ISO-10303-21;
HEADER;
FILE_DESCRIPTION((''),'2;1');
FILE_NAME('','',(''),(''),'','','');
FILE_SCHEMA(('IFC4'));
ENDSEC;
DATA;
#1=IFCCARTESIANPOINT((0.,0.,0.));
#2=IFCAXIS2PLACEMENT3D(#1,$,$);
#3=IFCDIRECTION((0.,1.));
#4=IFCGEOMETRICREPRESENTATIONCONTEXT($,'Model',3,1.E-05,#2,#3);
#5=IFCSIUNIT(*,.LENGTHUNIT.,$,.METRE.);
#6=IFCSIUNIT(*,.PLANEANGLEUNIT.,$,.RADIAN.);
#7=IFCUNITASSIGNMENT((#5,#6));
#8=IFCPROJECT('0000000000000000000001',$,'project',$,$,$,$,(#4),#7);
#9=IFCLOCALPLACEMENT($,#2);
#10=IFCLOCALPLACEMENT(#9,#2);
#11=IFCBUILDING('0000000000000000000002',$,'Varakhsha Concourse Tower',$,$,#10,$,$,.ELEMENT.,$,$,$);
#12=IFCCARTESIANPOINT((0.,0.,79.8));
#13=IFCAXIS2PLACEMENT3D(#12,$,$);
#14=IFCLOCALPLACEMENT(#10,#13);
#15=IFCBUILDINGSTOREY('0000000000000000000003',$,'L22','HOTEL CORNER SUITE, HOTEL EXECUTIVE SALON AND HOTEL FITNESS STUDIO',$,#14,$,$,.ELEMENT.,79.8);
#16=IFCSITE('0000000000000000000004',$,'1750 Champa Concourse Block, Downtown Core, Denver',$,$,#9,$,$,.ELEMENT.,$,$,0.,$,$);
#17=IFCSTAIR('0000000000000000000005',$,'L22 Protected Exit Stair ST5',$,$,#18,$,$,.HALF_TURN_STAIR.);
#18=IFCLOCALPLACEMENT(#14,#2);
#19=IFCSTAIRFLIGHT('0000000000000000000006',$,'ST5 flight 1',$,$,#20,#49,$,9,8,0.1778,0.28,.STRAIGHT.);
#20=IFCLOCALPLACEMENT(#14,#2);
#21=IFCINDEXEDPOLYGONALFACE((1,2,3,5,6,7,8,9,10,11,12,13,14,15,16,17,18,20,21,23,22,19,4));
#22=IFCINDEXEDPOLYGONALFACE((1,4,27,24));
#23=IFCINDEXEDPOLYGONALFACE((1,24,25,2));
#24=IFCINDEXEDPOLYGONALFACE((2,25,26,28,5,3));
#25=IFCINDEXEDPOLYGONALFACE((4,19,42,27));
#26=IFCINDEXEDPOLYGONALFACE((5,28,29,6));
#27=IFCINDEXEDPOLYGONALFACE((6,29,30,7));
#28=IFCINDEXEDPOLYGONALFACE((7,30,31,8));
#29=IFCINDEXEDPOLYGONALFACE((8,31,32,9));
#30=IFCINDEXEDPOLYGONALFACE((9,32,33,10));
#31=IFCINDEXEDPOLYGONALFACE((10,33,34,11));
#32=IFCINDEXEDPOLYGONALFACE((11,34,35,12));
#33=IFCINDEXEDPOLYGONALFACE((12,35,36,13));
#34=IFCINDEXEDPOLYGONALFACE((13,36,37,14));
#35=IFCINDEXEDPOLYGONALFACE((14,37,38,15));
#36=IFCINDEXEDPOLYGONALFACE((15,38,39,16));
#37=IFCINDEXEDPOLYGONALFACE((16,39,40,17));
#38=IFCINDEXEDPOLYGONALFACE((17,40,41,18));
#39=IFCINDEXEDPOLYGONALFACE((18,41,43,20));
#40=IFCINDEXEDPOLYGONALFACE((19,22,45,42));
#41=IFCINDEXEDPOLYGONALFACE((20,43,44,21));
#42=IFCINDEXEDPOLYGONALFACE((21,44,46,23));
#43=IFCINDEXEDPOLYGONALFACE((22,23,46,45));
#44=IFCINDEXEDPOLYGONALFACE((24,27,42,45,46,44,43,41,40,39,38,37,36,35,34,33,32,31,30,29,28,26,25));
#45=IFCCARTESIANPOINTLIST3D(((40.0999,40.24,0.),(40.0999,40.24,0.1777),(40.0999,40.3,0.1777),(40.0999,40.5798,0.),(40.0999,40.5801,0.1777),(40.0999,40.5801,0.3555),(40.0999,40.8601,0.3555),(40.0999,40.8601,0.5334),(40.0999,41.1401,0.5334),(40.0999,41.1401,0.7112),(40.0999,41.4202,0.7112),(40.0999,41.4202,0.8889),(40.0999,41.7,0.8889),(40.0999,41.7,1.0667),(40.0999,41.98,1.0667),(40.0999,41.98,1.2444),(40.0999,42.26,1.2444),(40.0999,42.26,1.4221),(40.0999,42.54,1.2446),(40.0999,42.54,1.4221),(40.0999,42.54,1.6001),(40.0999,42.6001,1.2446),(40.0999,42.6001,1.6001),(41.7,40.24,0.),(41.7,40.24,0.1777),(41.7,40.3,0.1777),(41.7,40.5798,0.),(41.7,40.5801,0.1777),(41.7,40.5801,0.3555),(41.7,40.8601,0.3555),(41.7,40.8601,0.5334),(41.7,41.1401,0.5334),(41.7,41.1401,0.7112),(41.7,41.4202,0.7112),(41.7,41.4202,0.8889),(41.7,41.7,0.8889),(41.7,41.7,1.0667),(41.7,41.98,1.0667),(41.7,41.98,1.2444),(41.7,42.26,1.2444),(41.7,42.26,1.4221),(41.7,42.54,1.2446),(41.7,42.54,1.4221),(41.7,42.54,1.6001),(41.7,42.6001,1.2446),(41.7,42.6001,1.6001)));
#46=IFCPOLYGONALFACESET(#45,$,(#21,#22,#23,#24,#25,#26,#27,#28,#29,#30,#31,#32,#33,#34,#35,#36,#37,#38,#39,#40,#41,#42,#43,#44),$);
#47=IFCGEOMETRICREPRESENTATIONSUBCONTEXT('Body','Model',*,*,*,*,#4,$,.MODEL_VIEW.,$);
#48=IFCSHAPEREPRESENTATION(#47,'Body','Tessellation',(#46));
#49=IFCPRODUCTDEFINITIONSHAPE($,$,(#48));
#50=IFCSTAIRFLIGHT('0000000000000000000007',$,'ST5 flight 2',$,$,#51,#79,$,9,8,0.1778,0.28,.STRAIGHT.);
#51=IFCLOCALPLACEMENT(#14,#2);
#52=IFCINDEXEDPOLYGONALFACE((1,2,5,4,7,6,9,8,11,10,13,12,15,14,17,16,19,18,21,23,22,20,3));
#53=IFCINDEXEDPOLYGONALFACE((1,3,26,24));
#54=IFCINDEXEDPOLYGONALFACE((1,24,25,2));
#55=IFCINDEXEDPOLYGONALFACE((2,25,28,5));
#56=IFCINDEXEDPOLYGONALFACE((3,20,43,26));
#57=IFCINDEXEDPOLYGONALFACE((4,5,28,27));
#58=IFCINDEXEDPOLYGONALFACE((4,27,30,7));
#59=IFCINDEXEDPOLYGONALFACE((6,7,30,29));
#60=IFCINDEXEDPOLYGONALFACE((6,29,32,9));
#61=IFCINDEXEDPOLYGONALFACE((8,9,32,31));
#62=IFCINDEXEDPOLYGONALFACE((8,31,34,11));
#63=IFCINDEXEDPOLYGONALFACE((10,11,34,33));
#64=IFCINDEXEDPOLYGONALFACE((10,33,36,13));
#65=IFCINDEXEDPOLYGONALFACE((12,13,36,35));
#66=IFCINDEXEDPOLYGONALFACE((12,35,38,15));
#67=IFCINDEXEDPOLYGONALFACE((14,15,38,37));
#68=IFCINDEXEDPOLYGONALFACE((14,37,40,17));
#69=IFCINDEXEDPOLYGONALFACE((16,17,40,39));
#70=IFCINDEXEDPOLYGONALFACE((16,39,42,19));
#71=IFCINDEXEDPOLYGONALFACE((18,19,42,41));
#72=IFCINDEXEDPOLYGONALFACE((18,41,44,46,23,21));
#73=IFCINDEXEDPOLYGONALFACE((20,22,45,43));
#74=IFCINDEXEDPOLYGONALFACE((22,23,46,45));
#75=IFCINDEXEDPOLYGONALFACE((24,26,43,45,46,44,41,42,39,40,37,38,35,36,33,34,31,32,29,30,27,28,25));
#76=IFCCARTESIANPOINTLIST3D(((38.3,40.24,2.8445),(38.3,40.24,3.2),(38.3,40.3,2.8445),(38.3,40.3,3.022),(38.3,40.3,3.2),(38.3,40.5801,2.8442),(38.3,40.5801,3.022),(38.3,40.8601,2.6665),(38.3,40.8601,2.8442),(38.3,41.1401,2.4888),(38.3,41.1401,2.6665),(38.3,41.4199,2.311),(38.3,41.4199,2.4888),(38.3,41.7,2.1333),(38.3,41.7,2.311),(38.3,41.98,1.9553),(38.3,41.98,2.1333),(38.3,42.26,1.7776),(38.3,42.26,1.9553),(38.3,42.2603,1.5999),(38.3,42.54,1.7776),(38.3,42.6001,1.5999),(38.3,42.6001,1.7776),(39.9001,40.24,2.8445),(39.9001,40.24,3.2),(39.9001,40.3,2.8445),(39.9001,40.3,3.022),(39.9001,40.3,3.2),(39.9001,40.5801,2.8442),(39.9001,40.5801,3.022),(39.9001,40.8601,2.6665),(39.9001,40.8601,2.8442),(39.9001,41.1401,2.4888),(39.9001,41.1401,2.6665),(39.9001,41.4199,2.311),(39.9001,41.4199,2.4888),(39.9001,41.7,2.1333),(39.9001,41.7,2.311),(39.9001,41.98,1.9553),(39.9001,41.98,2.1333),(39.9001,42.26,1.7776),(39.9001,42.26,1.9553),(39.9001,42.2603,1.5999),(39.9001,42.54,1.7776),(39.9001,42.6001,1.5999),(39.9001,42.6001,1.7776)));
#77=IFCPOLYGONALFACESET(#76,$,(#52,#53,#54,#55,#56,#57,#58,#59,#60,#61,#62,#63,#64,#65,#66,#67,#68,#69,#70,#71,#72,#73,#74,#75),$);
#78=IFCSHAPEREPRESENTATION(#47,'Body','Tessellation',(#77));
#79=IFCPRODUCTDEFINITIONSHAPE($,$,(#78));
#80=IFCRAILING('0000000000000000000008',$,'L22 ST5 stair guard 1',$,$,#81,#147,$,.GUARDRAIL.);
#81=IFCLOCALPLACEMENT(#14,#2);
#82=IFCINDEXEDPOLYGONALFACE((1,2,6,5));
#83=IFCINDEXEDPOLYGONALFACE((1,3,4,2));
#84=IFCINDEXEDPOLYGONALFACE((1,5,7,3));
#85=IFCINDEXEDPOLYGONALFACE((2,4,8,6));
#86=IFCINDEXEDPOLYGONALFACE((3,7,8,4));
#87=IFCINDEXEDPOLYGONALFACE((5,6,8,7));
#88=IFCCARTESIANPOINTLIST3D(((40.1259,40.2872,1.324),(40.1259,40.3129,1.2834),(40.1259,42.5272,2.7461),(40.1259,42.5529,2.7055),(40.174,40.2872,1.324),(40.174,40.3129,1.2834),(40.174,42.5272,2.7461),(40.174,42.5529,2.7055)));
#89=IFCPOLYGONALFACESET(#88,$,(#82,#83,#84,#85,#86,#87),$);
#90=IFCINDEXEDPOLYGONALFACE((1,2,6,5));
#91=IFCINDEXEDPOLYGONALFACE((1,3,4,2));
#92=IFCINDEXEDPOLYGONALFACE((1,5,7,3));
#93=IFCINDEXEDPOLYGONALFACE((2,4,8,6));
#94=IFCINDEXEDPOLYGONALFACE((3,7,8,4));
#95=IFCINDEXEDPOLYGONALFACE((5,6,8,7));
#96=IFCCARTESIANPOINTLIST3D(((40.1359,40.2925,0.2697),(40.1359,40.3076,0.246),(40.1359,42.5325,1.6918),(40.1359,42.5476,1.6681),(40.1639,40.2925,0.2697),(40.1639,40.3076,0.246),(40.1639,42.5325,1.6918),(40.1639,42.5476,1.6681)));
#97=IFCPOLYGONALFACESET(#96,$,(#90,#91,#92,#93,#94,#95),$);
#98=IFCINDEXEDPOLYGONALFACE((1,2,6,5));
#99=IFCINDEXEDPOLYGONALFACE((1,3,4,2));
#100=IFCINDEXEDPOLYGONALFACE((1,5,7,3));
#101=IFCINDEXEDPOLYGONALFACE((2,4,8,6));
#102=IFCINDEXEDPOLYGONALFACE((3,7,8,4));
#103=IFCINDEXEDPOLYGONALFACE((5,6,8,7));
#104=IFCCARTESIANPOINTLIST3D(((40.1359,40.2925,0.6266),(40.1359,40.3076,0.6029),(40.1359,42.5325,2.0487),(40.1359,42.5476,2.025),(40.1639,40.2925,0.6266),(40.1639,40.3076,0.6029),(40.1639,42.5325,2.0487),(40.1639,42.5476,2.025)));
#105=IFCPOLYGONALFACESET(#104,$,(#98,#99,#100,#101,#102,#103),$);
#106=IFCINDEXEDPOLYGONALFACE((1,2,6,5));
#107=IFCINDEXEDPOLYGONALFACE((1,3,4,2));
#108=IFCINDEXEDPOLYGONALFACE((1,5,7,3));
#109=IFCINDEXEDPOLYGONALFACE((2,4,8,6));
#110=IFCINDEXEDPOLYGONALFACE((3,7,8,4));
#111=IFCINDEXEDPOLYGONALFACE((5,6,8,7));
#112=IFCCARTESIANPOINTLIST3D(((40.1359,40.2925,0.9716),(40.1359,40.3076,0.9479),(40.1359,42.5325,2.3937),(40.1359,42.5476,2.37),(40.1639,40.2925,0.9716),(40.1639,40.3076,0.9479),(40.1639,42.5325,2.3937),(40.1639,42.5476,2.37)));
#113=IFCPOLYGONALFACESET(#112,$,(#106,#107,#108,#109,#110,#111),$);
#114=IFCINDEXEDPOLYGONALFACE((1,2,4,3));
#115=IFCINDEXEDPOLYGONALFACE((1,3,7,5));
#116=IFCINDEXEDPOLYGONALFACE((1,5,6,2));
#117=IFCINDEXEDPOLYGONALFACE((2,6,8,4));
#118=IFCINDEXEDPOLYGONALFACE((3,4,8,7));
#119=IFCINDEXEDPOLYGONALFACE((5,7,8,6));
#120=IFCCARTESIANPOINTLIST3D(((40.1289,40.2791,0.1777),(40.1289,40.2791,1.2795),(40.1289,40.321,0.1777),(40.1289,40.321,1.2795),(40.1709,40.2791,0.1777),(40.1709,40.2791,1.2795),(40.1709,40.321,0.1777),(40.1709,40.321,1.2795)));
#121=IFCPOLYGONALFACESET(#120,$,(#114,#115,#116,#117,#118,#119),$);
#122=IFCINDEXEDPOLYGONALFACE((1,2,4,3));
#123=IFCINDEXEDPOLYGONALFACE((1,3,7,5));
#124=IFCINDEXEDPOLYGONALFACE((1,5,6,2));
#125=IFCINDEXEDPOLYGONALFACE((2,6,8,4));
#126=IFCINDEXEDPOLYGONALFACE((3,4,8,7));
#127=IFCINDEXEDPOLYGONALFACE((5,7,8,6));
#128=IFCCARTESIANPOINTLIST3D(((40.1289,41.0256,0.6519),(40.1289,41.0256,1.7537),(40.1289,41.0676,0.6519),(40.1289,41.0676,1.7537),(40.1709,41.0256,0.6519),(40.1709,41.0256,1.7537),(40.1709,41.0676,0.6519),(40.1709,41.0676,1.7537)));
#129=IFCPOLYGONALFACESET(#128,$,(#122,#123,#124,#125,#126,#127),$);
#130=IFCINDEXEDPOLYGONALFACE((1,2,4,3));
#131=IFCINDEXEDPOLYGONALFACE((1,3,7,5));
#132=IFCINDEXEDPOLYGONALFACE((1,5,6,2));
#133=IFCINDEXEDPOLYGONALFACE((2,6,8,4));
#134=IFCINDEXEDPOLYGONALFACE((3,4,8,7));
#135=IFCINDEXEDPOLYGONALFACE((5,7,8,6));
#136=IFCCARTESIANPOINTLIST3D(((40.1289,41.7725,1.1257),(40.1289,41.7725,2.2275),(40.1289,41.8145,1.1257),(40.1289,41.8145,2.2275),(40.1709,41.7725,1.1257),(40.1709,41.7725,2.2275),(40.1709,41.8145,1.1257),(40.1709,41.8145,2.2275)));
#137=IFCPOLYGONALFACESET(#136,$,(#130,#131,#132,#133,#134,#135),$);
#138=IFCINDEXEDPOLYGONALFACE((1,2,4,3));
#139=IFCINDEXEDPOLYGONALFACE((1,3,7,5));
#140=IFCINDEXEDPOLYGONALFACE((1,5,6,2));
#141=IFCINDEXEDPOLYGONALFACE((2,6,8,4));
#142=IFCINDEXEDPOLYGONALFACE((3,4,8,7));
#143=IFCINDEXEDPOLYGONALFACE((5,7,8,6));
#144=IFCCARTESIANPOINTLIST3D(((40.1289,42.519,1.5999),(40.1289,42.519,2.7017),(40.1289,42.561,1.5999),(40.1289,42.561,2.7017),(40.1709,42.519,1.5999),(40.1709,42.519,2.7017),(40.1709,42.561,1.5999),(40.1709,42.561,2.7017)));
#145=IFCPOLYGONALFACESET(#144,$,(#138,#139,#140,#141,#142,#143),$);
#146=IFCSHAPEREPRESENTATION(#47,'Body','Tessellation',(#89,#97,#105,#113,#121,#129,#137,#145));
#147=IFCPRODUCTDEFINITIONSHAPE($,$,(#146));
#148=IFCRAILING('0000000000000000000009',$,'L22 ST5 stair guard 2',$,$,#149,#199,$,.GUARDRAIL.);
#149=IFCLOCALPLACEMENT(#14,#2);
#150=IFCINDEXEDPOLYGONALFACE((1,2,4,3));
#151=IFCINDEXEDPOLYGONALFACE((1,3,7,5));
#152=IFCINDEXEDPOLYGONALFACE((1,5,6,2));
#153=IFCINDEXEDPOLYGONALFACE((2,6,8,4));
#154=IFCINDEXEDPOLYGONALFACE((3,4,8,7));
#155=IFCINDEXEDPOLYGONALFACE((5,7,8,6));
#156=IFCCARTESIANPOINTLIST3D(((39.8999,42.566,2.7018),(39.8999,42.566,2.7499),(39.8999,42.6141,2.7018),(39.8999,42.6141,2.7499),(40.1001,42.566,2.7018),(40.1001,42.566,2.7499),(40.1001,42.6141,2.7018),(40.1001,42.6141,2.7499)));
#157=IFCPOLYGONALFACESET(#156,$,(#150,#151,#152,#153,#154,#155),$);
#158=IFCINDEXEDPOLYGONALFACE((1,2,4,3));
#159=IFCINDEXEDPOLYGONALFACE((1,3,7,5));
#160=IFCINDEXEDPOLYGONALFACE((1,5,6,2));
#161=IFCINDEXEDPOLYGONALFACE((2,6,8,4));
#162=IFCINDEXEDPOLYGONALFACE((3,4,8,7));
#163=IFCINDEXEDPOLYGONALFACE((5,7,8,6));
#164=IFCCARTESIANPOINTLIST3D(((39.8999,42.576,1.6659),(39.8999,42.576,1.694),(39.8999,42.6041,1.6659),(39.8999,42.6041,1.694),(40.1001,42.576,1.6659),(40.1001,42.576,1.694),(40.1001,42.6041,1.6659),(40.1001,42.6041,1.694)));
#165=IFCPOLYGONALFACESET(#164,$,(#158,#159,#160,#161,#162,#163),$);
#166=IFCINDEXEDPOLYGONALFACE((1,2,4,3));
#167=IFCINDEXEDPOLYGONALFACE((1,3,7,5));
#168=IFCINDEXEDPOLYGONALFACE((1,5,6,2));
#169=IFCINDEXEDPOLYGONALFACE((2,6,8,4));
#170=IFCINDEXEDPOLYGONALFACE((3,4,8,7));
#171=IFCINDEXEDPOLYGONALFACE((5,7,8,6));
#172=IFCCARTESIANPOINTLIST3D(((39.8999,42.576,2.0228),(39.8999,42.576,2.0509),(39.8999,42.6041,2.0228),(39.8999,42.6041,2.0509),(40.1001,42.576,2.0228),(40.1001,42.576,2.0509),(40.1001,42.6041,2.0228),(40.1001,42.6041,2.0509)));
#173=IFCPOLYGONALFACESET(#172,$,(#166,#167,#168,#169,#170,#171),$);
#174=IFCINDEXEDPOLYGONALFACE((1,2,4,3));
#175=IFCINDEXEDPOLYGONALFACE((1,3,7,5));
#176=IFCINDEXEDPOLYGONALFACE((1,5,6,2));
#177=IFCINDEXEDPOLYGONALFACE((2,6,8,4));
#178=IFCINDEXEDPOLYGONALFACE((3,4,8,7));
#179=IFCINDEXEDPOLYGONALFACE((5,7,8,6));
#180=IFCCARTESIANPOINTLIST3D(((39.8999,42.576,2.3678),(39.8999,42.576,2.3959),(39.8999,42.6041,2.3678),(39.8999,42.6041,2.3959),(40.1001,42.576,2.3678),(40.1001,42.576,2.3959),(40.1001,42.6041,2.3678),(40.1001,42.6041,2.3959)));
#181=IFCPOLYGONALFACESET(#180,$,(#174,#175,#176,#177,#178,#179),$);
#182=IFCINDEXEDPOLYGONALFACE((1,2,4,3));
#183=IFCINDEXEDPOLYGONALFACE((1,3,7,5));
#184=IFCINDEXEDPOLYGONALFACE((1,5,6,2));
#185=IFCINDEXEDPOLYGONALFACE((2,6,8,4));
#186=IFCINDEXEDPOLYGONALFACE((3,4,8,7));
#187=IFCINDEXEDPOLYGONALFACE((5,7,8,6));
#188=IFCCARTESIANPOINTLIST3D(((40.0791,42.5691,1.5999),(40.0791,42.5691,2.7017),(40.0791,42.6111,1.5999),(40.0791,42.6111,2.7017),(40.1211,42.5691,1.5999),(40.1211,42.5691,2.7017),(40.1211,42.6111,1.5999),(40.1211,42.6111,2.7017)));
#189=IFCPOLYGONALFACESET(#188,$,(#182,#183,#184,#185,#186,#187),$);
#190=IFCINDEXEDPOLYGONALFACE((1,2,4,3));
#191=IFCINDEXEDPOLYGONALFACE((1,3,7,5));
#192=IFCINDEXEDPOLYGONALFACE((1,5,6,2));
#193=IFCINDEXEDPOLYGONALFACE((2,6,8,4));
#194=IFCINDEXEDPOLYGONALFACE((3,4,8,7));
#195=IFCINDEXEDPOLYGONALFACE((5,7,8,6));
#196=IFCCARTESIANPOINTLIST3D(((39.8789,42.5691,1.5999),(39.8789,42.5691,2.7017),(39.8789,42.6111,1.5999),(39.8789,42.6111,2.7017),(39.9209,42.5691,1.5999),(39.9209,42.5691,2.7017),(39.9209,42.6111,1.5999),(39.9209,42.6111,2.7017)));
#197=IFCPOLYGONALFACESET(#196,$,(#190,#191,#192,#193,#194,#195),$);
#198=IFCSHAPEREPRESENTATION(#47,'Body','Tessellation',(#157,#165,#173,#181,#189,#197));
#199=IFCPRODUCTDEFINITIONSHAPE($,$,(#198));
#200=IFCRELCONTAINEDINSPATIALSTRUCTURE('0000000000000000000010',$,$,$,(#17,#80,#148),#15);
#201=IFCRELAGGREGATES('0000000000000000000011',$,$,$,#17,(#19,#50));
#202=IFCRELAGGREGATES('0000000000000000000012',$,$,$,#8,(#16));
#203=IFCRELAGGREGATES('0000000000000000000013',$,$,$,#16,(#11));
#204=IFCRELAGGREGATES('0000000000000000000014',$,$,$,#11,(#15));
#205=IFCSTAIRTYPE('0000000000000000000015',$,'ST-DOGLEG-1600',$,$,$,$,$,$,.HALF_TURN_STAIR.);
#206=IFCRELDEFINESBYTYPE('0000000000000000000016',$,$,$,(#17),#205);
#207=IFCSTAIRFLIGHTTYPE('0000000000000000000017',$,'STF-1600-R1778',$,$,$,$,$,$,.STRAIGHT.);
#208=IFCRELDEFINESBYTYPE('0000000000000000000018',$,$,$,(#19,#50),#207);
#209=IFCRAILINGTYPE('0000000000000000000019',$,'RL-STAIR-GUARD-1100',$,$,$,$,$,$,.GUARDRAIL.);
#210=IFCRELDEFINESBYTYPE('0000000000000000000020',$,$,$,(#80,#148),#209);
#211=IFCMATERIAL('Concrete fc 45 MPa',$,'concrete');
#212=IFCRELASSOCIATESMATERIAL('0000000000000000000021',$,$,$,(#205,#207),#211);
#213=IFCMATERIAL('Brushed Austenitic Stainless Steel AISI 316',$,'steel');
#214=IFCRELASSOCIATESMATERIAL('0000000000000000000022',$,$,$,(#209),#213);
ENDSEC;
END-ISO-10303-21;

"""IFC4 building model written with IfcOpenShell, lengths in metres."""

from ifc_helpers import new_model, si_unit, direction, frame, origin, origin_2d, place, context, subcontext, project, spatial, polyline, rectangle, outline, extrude, material, type_object, element, aggregate, save


model = new_model("IFC4")

# Units and contexts
model_context = context("Model", 3, precision=1e-05, world=origin(), true_north=direction((0.0, 1.0)))
body_context = subcontext(model_context, "Body", "Model", "MODEL_VIEW")
ifc_project = project(units=[si_unit("LENGTHUNIT", "METRE"), si_unit("PLANEANGLEUNIT", "RADIAN")], contexts=[model_context])

# Site, building, storey
site_placement = place(None, origin())
site = spatial("IfcSite", under=ifc_project, at=site_placement, Name="1750 Champa Concourse Block, Downtown Core, Denver", CompositionType="ELEMENT", RefElevation=0.0)
building_placement = place(site_placement, origin())
building = spatial("IfcBuilding", under=site, at=building_placement, Name="Varakhsha Concourse Tower", CompositionType="ELEMENT")
storey_placement = place(building_placement, frame((0.0, 0.0, 79.8)))
storey = spatial("IfcBuildingStorey", under=building, at=storey_placement, Name="L22", Description="HOTEL CORNER SUITE, HOTEL EXECUTIVE SALON AND HOTEL FITNESS STUDIO", CompositionType="ELEMENT", Elevation=79.8)

# Shared definitions
ifc_material_1 = material(Name="Concrete fc 45 MPa", Category="concrete")

# Stair, stair flights
stair_type = type_object("IfcStairType", Name="ST-DOGLEG-1600", PredefinedType="HALF_TURN_STAIR", material=ifc_material_1)
stair_placement = place(storey_placement, origin())
stair = element("IfcStair", 1, at=stair_placement, inside=storey, type_object=stair_type, Name="L22 Protected Exit Stair ST5", PredefinedType="HALF_TURN_STAIR")
stair_flight_type = type_object("IfcStairFlightType", Name="STF-1600-R1778", PredefinedType="STRAIGHT", material=ifc_material_1)
stair_flight_1_placement = place(storey_placement, frame((40.8999, 40.3, 0.0), z_axis=(0.0, 0.0, 1.0), x_axis=(0.0, 1.0, 0.0)))
stair_flight_1 = element("IfcStairFlight", 2, at=stair_flight_1_placement, type_object=stair_flight_type, Name="ST5 flight 1", NumberOfRisers=9, NumberOfTreads=8, PredefinedType="STRAIGHT", RiserHeight=0.1778, TreadLength=0.28, context=body_context, shape_type="SweptSolid", body=[
    extrude(outline(polyline([(-0.0601, 0.0), (-0.0601, 0.1777), (0.0, 0.1777), (0.28, 0.1777), (0.28, 0.3555), (0.5601, 0.3555), (0.5601, 0.5334), (0.8401, 0.5334), (0.8401, 0.7112), (1.1201, 0.7112), (1.1201, 0.8889), (1.3999, 0.8889), (1.3999, 1.0667), (1.6799, 1.0667), (1.6799, 1.2444), (1.96, 1.2444), (1.96, 1.4221), (2.24, 1.4221), (2.24, 1.6001), (2.3, 1.6001), (2.3, 1.2446), (2.24, 1.2446), (0.2798, 0.0), (-0.0601, 0.0)])), frame((0.0, 0.8, 0.0), z_axis=(0.0, -1.0, 0.0), x_axis=(1.0, 0.0, 0.0)), (0.0, 0.0, 1.0), 1.6001),
])
stair_flight_2_placement = place(storey_placement, frame((39.1001, 42.54, 1.5999), z_axis=(0.0, 0.0, 1.0), x_axis=(0.0, -1.0, 0.0)))
stair_flight_2 = element("IfcStairFlight", 3, at=stair_flight_2_placement, type_object=stair_flight_type, Name="ST5 flight 2", NumberOfRisers=9, NumberOfTreads=8, PredefinedType="STRAIGHT", RiserHeight=0.1778, TreadLength=0.28, context=body_context, shape_type="SweptSolid", body=[
    extrude(outline(polyline([(-0.0601, 0.0), (-0.0601, 0.1777), (0.0, 0.1777), (0.28, 0.1777), (0.28, 0.3555), (0.5601, 0.3555), (0.5601, 0.5334), (0.8401, 0.5334), (0.8401, 0.7112), (1.1201, 0.7112), (1.1201, 0.8889), (1.3999, 0.8889), (1.3999, 1.0667), (1.6799, 1.0667), (1.6799, 1.2444), (1.96, 1.2444), (1.96, 1.4221), (2.24, 1.4221), (2.24, 1.6001), (2.3, 1.6001), (2.3, 1.2446), (2.24, 1.2446), (0.2798, 0.0), (-0.0601, 0.0)])), frame((0.0, 0.8, 0.0), z_axis=(0.0, -1.0, 0.0), x_axis=(1.0, 0.0, 0.0)), (0.0, 0.0, 1.0), 1.6001),
])
aggregate(stair, [stair_flight_1, stair_flight_2])

# Railings
ifc_material_2 = material(Name="Brushed Austenitic Stainless Steel AISI 316", Category="steel")
railing_type_1 = type_object("IfcRailingType", Name="RL-STAIR-GUARD-1100", PredefinedType="GUARDRAIL", material=ifc_material_2)
railing_1_placement = place(storey_placement, frame((40.1499, 40.3, 0.1777)))
element("IfcRailing", 4, at=railing_1_placement, inside=storey, type_object=railing_type_1, Name="L22 ST5 stair guard 1", PredefinedType="GUARDRAIL", context=body_context, shape_type="SweptSolid", body=[
    extrude(rectangle(XDim=0.0481, YDim=0.0481, at=origin_2d()), frame((0.0, 0.0, 1.126), z_axis=(0.0, 0.844229, 0.535982), x_axis=(-1.0, 0.0, 0.0)), (0.0, 0.0, 1.0), 2.6533),
    extrude(rectangle(XDim=0.0281, YDim=0.0281, at=origin_2d()), frame((0.0, 0.0, 0.0801), z_axis=(0.0, 0.844229, 0.535982), x_axis=(-1.0, 0.0, 0.0)), (0.0, 0.0, 1.0), 2.6533),
    extrude(rectangle(XDim=0.0281, YDim=0.0281, at=origin_2d()), frame((0.0, 0.0, 0.437), z_axis=(0.0, 0.844229, 0.535982), x_axis=(-1.0, 0.0, 0.0)), (0.0, 0.0, 1.0), 2.6533),
    extrude(rectangle(XDim=0.0281, YDim=0.0281, at=origin_2d()), frame((0.0, 0.0, 0.782), z_axis=(0.0, 0.844229, 0.535982), x_axis=(-1.0, 0.0, 0.0)), (0.0, 0.0, 1.0), 2.6533),
    extrude(rectangle(XDim=0.042, YDim=0.042, at=origin_2d()), origin(), (0.0, 0.0, 1.0), 1.1018),
    extrude(rectangle(XDim=0.042, YDim=0.042, at=origin_2d()), frame((0.0, 0.7466, 0.4741)), (0.0, 0.0, 1.0), 1.1018),
    extrude(rectangle(XDim=0.042, YDim=0.042, at=origin_2d()), frame((0.0, 1.4934, 0.948)), (0.0, 0.0, 1.0), 1.1018),
    extrude(rectangle(XDim=0.042, YDim=0.042, at=origin_2d()), frame((0.0, 2.24, 1.4221)), (0.0, 0.0, 1.0), 1.1018),
])
railing_2_placement = place(storey_placement, frame((40.1001, 42.5901, 1.5999)))
element("IfcRailing", 5, at=railing_2_placement, inside=storey, type_object=railing_type_1, Name="L22 ST5 stair guard 2", PredefinedType="GUARDRAIL", context=body_context, shape_type="SweptSolid", body=[
    extrude(rectangle(XDim=0.0481, YDim=0.0481, at=origin_2d()), frame((0.0, 0.0, 1.126), z_axis=(-1.0, 0.0, 0.0), x_axis=(0.0, -1.0, 0.0)), (0.0, 0.0, 1.0), 0.2002),
    extrude(rectangle(XDim=0.0281, YDim=0.0281, at=origin_2d()), frame((0.0, 0.0, 0.0801), z_axis=(-1.0, 0.0, 0.0), x_axis=(0.0, -1.0, 0.0)), (0.0, 0.0, 1.0), 0.2002),
    extrude(rectangle(XDim=0.0281, YDim=0.0281, at=origin_2d()), frame((0.0, 0.0, 0.437), z_axis=(-1.0, 0.0, 0.0), x_axis=(0.0, -1.0, 0.0)), (0.0, 0.0, 1.0), 0.2002),
    extrude(rectangle(XDim=0.0281, YDim=0.0281, at=origin_2d()), frame((0.0, 0.0, 0.782), z_axis=(-1.0, 0.0, 0.0), x_axis=(0.0, -1.0, 0.0)), (0.0, 0.0, 1.0), 0.2002),
    extrude(rectangle(XDim=0.042, YDim=0.042, at=origin_2d()), origin(), (0.0, 0.0, 1.0), 1.1018),
    extrude(rectangle(XDim=0.042, YDim=0.042, at=origin_2d()), frame((-0.2002, 0.0, 0.0)), (0.0, 0.0, 1.0), 1.1018),
])

save(model, "model.ifc")
